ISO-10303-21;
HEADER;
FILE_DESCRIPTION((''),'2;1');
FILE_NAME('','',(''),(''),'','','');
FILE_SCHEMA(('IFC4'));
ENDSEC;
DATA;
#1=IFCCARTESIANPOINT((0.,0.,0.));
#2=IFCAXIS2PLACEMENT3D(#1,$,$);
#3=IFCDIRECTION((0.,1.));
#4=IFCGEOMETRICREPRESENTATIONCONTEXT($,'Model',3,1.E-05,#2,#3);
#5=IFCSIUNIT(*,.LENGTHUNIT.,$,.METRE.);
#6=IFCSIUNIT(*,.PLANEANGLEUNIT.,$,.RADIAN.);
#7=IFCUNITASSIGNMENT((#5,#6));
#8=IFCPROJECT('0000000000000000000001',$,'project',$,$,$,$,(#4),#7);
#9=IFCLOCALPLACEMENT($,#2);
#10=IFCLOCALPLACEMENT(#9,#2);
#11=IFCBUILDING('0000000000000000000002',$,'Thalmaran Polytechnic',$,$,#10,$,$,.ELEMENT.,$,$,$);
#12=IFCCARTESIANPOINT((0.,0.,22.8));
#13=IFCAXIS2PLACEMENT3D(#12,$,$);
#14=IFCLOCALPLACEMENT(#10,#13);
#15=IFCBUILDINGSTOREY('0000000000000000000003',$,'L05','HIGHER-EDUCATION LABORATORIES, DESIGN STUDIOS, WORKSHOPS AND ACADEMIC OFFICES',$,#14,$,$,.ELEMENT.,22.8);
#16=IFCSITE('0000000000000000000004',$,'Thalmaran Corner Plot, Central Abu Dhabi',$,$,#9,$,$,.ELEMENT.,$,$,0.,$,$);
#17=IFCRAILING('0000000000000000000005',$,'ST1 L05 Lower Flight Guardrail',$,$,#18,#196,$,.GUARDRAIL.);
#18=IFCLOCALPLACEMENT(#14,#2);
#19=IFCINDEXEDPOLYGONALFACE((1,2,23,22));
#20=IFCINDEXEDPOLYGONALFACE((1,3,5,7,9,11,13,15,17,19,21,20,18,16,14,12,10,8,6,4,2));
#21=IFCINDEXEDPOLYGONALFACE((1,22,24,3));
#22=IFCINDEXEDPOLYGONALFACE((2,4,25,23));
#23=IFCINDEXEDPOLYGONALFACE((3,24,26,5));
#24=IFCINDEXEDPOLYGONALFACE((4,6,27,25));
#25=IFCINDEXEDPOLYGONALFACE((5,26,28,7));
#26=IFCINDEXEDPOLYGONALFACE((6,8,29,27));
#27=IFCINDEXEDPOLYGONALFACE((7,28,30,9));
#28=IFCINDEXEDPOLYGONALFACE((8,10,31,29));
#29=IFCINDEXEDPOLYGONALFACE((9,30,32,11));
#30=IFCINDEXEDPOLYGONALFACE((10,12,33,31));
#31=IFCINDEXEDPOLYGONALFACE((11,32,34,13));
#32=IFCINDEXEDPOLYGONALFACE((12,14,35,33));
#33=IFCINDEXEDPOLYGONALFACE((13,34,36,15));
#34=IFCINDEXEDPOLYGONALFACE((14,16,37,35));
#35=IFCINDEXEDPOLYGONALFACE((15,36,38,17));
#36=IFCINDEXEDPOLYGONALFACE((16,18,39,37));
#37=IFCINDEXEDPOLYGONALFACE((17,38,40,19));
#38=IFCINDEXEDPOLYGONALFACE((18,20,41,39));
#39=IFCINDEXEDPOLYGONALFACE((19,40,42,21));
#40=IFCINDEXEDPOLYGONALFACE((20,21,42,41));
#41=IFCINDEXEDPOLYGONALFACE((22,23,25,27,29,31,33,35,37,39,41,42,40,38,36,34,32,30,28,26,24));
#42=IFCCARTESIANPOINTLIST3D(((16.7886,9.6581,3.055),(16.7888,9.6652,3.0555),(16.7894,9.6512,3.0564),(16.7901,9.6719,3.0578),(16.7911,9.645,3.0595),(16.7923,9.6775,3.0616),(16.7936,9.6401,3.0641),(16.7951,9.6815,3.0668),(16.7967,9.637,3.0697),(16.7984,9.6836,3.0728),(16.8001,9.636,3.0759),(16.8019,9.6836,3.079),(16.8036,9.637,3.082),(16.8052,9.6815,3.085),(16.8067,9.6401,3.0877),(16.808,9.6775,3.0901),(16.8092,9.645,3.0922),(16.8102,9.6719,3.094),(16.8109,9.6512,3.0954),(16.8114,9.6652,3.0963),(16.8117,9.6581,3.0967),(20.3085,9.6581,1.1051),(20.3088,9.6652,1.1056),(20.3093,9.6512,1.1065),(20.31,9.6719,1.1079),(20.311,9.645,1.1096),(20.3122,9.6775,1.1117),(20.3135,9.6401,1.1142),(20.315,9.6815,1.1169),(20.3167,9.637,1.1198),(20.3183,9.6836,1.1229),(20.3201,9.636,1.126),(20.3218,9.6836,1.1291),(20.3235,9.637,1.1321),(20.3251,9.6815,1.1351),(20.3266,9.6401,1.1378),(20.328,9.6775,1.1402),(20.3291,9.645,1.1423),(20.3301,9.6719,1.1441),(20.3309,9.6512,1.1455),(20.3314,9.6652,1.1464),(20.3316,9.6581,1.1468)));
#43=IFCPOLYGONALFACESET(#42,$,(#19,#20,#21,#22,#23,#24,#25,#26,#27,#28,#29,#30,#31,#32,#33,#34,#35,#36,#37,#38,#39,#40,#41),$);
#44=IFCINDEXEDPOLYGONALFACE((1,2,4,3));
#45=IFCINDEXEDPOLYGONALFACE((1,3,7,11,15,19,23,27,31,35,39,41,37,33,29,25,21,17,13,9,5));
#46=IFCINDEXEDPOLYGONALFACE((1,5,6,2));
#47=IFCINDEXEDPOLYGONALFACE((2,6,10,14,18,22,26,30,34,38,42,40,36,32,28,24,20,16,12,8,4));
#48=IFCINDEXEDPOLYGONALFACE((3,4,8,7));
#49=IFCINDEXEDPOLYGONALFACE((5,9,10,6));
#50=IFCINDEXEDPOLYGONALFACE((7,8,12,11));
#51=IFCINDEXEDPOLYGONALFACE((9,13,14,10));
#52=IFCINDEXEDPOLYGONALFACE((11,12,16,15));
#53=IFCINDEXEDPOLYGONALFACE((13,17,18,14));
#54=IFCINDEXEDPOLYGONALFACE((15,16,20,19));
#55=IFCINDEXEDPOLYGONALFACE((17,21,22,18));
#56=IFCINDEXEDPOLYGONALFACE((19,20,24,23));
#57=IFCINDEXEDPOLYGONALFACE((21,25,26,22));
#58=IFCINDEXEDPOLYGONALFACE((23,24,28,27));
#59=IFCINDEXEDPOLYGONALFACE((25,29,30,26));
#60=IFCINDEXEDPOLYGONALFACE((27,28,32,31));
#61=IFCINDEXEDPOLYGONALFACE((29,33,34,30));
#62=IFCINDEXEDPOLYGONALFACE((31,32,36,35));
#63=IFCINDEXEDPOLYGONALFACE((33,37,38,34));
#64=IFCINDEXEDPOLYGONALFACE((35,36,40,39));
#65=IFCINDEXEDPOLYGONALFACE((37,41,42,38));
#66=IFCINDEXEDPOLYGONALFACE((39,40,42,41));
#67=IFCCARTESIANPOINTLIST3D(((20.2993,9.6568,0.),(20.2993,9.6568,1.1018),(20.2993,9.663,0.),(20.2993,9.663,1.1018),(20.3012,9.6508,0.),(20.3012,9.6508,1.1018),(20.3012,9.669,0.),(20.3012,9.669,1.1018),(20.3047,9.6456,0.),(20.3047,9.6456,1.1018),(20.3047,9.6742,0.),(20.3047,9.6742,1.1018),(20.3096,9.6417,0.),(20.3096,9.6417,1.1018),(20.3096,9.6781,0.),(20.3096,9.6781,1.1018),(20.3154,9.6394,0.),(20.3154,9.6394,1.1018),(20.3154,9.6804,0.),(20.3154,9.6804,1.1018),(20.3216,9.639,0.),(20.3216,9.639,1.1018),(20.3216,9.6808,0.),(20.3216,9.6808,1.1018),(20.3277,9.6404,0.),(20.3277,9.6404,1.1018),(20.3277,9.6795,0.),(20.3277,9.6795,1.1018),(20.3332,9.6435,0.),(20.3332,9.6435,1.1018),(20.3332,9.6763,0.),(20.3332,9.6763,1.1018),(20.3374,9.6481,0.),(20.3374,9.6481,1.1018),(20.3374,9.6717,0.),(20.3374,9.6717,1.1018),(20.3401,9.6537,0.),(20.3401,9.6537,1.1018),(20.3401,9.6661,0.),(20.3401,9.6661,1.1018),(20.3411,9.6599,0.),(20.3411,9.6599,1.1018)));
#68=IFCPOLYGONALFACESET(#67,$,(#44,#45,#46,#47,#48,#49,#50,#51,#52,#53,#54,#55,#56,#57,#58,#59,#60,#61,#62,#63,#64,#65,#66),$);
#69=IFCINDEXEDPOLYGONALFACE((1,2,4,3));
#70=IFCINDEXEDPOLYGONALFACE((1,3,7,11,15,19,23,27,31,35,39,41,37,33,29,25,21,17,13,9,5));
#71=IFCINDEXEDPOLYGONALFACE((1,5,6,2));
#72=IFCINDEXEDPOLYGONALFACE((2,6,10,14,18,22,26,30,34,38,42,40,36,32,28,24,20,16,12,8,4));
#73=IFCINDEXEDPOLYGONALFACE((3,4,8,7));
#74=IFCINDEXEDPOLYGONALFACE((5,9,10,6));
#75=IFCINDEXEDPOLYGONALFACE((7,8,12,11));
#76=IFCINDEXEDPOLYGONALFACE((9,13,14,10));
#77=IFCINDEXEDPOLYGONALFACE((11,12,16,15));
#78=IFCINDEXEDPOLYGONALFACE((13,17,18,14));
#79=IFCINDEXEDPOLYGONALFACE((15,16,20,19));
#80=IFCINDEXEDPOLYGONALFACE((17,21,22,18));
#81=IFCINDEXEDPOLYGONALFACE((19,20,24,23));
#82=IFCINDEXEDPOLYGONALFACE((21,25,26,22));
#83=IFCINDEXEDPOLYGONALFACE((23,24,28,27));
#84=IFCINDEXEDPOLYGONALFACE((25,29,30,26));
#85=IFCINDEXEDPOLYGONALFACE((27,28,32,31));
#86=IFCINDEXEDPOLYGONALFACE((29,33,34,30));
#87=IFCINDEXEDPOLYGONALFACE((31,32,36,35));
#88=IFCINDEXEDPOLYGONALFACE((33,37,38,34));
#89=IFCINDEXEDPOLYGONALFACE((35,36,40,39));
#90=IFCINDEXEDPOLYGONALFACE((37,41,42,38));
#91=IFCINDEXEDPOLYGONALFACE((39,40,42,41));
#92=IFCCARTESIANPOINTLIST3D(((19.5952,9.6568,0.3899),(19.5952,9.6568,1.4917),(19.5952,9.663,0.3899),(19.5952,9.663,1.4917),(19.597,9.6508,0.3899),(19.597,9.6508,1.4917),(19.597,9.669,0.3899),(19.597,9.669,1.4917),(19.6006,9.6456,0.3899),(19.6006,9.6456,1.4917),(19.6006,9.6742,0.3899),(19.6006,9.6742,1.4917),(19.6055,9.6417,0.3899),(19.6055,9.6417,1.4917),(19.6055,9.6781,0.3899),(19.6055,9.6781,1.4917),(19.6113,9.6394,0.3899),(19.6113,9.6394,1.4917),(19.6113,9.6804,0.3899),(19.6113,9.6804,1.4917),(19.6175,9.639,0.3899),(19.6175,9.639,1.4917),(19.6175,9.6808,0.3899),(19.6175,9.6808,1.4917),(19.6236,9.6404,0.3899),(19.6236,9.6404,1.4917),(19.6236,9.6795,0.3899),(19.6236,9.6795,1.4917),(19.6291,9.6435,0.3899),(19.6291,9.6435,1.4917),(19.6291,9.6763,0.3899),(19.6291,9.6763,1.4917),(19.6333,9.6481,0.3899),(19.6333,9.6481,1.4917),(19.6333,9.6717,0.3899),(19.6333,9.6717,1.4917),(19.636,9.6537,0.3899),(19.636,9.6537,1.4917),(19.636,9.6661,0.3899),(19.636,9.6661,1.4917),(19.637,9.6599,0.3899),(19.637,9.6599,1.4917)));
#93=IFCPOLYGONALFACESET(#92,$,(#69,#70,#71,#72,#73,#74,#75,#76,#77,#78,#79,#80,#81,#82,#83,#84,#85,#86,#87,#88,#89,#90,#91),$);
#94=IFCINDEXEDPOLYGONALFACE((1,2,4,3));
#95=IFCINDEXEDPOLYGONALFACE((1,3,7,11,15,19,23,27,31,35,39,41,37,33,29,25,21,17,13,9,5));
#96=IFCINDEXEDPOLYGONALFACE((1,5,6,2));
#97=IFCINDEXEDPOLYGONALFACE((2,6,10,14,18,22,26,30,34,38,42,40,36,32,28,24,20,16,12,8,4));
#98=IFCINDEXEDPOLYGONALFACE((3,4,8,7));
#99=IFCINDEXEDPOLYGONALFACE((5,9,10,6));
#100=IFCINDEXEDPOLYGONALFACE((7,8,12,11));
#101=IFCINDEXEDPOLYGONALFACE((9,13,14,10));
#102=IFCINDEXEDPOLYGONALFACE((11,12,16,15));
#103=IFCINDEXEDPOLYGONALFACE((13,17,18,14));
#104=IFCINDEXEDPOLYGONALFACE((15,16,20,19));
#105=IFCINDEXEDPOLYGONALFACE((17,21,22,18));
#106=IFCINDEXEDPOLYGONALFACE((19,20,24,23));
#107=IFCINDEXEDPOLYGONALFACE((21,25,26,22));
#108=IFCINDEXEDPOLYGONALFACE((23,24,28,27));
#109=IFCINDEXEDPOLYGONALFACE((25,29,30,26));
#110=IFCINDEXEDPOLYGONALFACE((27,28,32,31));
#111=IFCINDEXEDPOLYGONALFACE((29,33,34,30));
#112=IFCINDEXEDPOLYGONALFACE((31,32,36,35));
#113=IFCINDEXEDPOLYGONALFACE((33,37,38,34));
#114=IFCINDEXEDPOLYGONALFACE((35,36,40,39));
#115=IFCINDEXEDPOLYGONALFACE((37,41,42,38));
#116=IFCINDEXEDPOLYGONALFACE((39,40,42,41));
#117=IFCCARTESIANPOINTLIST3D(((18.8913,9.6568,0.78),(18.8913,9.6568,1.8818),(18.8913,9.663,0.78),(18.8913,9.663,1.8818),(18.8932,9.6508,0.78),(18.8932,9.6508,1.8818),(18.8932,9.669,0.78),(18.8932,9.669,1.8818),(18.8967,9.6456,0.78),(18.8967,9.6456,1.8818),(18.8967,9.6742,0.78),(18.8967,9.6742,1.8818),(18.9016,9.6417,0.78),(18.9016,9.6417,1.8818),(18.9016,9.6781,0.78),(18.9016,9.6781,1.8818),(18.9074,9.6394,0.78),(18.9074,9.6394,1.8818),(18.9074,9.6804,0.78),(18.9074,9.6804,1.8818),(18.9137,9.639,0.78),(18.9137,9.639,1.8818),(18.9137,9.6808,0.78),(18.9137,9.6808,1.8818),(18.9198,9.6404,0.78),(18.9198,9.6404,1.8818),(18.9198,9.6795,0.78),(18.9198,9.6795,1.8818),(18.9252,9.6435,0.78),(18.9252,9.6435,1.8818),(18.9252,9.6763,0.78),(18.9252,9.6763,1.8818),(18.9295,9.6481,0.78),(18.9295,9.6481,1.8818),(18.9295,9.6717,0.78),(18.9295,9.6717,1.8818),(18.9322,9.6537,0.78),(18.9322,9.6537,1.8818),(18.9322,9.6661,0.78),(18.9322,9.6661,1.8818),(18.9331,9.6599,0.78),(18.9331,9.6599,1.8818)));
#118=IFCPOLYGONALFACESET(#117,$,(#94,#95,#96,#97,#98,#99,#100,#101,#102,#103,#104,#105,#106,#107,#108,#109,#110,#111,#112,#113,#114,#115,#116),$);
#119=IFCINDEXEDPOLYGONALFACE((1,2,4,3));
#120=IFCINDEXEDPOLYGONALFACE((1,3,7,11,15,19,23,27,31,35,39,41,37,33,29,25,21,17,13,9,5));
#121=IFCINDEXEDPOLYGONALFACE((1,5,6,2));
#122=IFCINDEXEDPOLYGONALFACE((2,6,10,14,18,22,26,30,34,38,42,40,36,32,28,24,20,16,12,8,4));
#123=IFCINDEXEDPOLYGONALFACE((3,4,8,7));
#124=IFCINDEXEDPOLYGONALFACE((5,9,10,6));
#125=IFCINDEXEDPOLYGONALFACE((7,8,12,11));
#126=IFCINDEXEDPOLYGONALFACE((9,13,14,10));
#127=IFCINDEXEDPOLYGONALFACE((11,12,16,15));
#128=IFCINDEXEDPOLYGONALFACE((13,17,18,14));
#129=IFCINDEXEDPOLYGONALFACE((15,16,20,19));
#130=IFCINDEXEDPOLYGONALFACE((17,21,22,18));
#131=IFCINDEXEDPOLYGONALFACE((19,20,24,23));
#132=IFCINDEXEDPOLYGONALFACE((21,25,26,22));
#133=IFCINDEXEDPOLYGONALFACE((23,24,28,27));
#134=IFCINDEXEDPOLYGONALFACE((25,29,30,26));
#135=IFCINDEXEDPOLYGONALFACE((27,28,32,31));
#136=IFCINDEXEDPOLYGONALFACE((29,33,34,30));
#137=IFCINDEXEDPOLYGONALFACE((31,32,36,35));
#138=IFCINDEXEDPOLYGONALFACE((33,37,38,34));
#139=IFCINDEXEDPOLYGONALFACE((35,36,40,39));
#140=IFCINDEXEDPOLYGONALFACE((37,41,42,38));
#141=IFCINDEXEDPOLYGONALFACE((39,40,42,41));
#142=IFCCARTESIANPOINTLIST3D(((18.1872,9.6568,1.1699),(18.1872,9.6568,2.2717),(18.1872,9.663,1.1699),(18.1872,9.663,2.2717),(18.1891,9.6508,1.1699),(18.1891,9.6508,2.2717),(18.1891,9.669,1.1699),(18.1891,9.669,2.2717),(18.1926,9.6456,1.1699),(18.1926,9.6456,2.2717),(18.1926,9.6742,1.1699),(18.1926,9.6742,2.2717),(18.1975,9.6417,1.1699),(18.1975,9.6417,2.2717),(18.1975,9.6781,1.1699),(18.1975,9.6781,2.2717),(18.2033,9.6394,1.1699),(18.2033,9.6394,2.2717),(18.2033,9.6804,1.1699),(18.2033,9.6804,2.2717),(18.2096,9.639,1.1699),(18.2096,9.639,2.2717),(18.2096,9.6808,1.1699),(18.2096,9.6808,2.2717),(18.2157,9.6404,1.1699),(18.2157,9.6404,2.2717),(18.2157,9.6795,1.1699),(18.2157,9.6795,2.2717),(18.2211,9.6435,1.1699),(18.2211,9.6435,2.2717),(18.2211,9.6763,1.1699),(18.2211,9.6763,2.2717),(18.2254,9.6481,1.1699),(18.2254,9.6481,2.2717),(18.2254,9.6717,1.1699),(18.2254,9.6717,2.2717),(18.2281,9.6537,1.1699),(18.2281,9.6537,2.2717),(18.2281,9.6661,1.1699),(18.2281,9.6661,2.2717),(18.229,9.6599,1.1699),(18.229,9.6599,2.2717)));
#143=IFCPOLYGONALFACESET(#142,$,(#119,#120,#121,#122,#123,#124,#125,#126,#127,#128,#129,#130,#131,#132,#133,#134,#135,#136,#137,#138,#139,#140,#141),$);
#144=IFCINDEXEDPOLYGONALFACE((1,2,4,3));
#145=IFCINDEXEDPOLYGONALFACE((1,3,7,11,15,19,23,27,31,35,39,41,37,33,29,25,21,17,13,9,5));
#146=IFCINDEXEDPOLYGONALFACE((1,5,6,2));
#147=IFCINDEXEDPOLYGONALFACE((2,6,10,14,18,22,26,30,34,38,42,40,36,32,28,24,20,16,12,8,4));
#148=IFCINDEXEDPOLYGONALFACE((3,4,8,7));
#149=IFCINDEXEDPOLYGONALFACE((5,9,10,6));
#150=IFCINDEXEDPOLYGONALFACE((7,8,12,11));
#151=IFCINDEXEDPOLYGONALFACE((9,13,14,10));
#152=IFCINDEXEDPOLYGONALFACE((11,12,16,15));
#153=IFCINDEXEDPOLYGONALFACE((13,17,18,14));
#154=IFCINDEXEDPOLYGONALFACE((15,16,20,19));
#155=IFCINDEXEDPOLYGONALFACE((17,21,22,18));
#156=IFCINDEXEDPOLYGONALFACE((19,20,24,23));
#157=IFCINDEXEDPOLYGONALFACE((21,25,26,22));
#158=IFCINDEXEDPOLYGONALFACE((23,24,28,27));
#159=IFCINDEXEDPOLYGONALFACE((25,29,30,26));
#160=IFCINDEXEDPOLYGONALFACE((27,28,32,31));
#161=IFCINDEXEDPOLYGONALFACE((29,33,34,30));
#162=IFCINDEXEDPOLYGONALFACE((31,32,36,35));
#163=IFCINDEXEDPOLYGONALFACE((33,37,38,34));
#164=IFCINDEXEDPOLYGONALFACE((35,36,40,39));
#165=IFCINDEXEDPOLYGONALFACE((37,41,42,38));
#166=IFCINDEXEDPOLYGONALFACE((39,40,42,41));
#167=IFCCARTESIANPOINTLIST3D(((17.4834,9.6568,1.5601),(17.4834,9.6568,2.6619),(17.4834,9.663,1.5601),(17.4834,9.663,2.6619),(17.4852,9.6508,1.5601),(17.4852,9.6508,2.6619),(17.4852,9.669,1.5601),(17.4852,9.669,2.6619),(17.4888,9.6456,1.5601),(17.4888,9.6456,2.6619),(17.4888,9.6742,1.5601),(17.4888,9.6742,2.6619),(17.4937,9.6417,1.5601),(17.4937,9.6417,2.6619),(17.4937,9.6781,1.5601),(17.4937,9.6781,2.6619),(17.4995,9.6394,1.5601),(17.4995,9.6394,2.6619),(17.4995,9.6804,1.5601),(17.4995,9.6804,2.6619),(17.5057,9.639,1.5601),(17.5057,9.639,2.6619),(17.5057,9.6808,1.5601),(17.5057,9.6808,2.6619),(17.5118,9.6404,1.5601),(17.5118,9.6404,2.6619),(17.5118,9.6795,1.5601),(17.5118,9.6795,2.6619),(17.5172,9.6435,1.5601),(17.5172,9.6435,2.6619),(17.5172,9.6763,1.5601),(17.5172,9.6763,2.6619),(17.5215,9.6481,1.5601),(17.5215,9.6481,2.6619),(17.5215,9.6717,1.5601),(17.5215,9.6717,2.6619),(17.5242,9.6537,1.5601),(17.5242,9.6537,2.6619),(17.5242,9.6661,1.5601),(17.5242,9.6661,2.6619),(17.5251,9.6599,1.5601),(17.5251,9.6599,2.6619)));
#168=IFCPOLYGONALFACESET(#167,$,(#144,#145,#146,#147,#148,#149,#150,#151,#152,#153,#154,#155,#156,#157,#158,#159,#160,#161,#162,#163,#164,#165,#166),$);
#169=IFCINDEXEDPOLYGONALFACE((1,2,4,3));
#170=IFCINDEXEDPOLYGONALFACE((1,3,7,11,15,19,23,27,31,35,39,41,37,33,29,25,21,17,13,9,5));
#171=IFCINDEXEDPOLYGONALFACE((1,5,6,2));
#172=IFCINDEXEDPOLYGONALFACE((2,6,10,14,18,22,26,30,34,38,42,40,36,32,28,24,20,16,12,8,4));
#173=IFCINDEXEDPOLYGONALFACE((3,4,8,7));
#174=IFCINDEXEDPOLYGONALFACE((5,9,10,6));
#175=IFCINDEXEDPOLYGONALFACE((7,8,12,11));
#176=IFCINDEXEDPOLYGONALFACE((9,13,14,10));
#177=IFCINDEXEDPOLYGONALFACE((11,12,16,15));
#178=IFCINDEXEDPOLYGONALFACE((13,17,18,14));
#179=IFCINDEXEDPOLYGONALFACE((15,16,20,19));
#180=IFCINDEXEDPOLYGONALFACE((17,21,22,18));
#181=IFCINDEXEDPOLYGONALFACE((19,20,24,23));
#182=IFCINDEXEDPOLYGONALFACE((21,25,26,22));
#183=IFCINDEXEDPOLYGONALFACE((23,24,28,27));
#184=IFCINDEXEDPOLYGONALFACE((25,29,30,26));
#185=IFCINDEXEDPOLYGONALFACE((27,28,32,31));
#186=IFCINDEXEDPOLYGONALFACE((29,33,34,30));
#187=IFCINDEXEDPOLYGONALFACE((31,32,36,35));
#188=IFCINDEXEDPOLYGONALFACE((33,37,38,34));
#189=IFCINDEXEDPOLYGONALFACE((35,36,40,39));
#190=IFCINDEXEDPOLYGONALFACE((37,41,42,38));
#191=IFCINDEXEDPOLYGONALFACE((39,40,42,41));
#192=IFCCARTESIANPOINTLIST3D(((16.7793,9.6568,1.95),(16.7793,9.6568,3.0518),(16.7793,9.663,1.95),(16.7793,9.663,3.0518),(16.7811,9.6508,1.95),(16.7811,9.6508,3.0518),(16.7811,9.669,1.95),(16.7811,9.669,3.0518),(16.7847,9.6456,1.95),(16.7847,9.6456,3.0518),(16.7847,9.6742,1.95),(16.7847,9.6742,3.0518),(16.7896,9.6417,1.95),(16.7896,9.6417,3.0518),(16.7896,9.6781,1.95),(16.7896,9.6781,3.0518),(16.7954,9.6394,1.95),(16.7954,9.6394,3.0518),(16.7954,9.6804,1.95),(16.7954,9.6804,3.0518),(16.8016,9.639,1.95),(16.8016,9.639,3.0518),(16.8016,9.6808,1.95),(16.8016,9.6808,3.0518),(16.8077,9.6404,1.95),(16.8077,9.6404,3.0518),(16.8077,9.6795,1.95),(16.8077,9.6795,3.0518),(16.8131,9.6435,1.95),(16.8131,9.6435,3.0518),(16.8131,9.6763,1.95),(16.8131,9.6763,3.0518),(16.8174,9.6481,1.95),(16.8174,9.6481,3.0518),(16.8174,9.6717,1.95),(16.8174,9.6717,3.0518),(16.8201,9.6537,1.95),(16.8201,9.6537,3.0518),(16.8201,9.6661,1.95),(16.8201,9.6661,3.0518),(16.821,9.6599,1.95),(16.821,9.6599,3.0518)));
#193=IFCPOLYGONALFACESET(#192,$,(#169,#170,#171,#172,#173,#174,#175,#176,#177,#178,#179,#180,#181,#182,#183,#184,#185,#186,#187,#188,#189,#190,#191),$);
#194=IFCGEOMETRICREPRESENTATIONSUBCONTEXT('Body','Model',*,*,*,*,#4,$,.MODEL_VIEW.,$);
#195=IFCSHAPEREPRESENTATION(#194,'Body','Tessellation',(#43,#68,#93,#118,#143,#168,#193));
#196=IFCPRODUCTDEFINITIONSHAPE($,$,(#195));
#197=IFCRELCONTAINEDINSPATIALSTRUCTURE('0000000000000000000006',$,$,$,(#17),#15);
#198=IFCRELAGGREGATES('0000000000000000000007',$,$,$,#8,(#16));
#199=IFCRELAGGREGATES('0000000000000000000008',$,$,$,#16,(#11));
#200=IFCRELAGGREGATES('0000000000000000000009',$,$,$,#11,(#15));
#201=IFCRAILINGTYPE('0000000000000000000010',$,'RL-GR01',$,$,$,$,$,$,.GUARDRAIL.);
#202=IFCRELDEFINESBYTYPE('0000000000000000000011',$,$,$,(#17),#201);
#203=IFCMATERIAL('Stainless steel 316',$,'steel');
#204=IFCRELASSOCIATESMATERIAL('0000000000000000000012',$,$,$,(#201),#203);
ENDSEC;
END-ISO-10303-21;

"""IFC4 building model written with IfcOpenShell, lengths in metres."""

from ifc_helpers import new_model, si_unit, direction, frame, origin, origin_2d, place, context, subcontext, project, spatial, circle, extrude, material, type_object, element, save


model = new_model("IFC4")

# Units and contexts
model_context = context("Model", 3, precision=1e-05, world=origin(), true_north=direction((0.0, 1.0)))
body_context = subcontext(model_context, "Body", "Model", "MODEL_VIEW")
ifc_project = project(units=[si_unit("LENGTHUNIT", "METRE"), si_unit("PLANEANGLEUNIT", "RADIAN")], contexts=[model_context])

# Site, building, storey
site_placement = place(None, origin())
site = spatial("IfcSite", under=ifc_project, at=site_placement, Name="Thalmaran Corner Plot, Central Abu Dhabi", CompositionType="ELEMENT", RefElevation=0.0)
building_placement = place(site_placement, origin())
building = spatial("IfcBuilding", under=site, at=building_placement, Name="Thalmaran Polytechnic", CompositionType="ELEMENT")
storey_placement = place(building_placement, frame((0.0, 0.0, 22.8)))
storey = spatial("IfcBuildingStorey", under=building, at=storey_placement, Name="L05", Description="HIGHER-EDUCATION LABORATORIES, DESIGN STUDIOS, WORKSHOPS AND ACADEMIC OFFICES", CompositionType="ELEMENT", Elevation=22.8)

# Railing
ifc_material_1 = material(Name="Stainless steel 316", Category="steel")
railing_type_1 = type_object("IfcRailingType", Name="RL-GR01", PredefinedType="GUARDRAIL", material=ifc_material_1)
railing_1_placement = place(storey_placement, frame((20.3201, 9.6599, 0.0)))
element("IfcRailing", 1, at=railing_1_placement, inside=storey, type_object=railing_type_1, Name="ST1 L05 Lower Flight Guardrail", PredefinedType="GUARDRAIL", context=body_context, shape_type="SweptSolid", body=[
    extrude(circle(Radius=0.0239, at=origin_2d()), frame((0.0, 0.0, 1.126), z_axis=(-0.874749, 0.0, 0.484576), x_axis=(0.0, -1.0, 0.0)), (0.0, 0.0, 1.0), 4.0239),
    extrude(circle(Radius=0.021, at=origin_2d()), origin(), (0.0, 0.0, 1.0), 1.1018),
    extrude(circle(Radius=0.021, at=origin_2d()), frame((-0.7041, 0.0, 0.3899)), (0.0, 0.0, 1.0), 1.1018),
    extrude(circle(Radius=0.021, at=origin_2d()), frame((-1.408, 0.0, 0.78)), (0.0, 0.0, 1.0), 1.1018),
    extrude(circle(Radius=0.021, at=origin_2d()), frame((-2.1121, 0.0, 1.1699)), (0.0, 0.0, 1.0), 1.1018),
    extrude(circle(Radius=0.021, at=origin_2d()), frame((-2.8159, 0.0, 1.5601)), (0.0, 0.0, 1.0), 1.1018),
    extrude(circle(Radius=0.021, at=origin_2d()), frame((-3.52, 0.0, 1.95)), (0.0, 0.0, 1.0), 1.1018),
])

save(model, "model.ifc")
